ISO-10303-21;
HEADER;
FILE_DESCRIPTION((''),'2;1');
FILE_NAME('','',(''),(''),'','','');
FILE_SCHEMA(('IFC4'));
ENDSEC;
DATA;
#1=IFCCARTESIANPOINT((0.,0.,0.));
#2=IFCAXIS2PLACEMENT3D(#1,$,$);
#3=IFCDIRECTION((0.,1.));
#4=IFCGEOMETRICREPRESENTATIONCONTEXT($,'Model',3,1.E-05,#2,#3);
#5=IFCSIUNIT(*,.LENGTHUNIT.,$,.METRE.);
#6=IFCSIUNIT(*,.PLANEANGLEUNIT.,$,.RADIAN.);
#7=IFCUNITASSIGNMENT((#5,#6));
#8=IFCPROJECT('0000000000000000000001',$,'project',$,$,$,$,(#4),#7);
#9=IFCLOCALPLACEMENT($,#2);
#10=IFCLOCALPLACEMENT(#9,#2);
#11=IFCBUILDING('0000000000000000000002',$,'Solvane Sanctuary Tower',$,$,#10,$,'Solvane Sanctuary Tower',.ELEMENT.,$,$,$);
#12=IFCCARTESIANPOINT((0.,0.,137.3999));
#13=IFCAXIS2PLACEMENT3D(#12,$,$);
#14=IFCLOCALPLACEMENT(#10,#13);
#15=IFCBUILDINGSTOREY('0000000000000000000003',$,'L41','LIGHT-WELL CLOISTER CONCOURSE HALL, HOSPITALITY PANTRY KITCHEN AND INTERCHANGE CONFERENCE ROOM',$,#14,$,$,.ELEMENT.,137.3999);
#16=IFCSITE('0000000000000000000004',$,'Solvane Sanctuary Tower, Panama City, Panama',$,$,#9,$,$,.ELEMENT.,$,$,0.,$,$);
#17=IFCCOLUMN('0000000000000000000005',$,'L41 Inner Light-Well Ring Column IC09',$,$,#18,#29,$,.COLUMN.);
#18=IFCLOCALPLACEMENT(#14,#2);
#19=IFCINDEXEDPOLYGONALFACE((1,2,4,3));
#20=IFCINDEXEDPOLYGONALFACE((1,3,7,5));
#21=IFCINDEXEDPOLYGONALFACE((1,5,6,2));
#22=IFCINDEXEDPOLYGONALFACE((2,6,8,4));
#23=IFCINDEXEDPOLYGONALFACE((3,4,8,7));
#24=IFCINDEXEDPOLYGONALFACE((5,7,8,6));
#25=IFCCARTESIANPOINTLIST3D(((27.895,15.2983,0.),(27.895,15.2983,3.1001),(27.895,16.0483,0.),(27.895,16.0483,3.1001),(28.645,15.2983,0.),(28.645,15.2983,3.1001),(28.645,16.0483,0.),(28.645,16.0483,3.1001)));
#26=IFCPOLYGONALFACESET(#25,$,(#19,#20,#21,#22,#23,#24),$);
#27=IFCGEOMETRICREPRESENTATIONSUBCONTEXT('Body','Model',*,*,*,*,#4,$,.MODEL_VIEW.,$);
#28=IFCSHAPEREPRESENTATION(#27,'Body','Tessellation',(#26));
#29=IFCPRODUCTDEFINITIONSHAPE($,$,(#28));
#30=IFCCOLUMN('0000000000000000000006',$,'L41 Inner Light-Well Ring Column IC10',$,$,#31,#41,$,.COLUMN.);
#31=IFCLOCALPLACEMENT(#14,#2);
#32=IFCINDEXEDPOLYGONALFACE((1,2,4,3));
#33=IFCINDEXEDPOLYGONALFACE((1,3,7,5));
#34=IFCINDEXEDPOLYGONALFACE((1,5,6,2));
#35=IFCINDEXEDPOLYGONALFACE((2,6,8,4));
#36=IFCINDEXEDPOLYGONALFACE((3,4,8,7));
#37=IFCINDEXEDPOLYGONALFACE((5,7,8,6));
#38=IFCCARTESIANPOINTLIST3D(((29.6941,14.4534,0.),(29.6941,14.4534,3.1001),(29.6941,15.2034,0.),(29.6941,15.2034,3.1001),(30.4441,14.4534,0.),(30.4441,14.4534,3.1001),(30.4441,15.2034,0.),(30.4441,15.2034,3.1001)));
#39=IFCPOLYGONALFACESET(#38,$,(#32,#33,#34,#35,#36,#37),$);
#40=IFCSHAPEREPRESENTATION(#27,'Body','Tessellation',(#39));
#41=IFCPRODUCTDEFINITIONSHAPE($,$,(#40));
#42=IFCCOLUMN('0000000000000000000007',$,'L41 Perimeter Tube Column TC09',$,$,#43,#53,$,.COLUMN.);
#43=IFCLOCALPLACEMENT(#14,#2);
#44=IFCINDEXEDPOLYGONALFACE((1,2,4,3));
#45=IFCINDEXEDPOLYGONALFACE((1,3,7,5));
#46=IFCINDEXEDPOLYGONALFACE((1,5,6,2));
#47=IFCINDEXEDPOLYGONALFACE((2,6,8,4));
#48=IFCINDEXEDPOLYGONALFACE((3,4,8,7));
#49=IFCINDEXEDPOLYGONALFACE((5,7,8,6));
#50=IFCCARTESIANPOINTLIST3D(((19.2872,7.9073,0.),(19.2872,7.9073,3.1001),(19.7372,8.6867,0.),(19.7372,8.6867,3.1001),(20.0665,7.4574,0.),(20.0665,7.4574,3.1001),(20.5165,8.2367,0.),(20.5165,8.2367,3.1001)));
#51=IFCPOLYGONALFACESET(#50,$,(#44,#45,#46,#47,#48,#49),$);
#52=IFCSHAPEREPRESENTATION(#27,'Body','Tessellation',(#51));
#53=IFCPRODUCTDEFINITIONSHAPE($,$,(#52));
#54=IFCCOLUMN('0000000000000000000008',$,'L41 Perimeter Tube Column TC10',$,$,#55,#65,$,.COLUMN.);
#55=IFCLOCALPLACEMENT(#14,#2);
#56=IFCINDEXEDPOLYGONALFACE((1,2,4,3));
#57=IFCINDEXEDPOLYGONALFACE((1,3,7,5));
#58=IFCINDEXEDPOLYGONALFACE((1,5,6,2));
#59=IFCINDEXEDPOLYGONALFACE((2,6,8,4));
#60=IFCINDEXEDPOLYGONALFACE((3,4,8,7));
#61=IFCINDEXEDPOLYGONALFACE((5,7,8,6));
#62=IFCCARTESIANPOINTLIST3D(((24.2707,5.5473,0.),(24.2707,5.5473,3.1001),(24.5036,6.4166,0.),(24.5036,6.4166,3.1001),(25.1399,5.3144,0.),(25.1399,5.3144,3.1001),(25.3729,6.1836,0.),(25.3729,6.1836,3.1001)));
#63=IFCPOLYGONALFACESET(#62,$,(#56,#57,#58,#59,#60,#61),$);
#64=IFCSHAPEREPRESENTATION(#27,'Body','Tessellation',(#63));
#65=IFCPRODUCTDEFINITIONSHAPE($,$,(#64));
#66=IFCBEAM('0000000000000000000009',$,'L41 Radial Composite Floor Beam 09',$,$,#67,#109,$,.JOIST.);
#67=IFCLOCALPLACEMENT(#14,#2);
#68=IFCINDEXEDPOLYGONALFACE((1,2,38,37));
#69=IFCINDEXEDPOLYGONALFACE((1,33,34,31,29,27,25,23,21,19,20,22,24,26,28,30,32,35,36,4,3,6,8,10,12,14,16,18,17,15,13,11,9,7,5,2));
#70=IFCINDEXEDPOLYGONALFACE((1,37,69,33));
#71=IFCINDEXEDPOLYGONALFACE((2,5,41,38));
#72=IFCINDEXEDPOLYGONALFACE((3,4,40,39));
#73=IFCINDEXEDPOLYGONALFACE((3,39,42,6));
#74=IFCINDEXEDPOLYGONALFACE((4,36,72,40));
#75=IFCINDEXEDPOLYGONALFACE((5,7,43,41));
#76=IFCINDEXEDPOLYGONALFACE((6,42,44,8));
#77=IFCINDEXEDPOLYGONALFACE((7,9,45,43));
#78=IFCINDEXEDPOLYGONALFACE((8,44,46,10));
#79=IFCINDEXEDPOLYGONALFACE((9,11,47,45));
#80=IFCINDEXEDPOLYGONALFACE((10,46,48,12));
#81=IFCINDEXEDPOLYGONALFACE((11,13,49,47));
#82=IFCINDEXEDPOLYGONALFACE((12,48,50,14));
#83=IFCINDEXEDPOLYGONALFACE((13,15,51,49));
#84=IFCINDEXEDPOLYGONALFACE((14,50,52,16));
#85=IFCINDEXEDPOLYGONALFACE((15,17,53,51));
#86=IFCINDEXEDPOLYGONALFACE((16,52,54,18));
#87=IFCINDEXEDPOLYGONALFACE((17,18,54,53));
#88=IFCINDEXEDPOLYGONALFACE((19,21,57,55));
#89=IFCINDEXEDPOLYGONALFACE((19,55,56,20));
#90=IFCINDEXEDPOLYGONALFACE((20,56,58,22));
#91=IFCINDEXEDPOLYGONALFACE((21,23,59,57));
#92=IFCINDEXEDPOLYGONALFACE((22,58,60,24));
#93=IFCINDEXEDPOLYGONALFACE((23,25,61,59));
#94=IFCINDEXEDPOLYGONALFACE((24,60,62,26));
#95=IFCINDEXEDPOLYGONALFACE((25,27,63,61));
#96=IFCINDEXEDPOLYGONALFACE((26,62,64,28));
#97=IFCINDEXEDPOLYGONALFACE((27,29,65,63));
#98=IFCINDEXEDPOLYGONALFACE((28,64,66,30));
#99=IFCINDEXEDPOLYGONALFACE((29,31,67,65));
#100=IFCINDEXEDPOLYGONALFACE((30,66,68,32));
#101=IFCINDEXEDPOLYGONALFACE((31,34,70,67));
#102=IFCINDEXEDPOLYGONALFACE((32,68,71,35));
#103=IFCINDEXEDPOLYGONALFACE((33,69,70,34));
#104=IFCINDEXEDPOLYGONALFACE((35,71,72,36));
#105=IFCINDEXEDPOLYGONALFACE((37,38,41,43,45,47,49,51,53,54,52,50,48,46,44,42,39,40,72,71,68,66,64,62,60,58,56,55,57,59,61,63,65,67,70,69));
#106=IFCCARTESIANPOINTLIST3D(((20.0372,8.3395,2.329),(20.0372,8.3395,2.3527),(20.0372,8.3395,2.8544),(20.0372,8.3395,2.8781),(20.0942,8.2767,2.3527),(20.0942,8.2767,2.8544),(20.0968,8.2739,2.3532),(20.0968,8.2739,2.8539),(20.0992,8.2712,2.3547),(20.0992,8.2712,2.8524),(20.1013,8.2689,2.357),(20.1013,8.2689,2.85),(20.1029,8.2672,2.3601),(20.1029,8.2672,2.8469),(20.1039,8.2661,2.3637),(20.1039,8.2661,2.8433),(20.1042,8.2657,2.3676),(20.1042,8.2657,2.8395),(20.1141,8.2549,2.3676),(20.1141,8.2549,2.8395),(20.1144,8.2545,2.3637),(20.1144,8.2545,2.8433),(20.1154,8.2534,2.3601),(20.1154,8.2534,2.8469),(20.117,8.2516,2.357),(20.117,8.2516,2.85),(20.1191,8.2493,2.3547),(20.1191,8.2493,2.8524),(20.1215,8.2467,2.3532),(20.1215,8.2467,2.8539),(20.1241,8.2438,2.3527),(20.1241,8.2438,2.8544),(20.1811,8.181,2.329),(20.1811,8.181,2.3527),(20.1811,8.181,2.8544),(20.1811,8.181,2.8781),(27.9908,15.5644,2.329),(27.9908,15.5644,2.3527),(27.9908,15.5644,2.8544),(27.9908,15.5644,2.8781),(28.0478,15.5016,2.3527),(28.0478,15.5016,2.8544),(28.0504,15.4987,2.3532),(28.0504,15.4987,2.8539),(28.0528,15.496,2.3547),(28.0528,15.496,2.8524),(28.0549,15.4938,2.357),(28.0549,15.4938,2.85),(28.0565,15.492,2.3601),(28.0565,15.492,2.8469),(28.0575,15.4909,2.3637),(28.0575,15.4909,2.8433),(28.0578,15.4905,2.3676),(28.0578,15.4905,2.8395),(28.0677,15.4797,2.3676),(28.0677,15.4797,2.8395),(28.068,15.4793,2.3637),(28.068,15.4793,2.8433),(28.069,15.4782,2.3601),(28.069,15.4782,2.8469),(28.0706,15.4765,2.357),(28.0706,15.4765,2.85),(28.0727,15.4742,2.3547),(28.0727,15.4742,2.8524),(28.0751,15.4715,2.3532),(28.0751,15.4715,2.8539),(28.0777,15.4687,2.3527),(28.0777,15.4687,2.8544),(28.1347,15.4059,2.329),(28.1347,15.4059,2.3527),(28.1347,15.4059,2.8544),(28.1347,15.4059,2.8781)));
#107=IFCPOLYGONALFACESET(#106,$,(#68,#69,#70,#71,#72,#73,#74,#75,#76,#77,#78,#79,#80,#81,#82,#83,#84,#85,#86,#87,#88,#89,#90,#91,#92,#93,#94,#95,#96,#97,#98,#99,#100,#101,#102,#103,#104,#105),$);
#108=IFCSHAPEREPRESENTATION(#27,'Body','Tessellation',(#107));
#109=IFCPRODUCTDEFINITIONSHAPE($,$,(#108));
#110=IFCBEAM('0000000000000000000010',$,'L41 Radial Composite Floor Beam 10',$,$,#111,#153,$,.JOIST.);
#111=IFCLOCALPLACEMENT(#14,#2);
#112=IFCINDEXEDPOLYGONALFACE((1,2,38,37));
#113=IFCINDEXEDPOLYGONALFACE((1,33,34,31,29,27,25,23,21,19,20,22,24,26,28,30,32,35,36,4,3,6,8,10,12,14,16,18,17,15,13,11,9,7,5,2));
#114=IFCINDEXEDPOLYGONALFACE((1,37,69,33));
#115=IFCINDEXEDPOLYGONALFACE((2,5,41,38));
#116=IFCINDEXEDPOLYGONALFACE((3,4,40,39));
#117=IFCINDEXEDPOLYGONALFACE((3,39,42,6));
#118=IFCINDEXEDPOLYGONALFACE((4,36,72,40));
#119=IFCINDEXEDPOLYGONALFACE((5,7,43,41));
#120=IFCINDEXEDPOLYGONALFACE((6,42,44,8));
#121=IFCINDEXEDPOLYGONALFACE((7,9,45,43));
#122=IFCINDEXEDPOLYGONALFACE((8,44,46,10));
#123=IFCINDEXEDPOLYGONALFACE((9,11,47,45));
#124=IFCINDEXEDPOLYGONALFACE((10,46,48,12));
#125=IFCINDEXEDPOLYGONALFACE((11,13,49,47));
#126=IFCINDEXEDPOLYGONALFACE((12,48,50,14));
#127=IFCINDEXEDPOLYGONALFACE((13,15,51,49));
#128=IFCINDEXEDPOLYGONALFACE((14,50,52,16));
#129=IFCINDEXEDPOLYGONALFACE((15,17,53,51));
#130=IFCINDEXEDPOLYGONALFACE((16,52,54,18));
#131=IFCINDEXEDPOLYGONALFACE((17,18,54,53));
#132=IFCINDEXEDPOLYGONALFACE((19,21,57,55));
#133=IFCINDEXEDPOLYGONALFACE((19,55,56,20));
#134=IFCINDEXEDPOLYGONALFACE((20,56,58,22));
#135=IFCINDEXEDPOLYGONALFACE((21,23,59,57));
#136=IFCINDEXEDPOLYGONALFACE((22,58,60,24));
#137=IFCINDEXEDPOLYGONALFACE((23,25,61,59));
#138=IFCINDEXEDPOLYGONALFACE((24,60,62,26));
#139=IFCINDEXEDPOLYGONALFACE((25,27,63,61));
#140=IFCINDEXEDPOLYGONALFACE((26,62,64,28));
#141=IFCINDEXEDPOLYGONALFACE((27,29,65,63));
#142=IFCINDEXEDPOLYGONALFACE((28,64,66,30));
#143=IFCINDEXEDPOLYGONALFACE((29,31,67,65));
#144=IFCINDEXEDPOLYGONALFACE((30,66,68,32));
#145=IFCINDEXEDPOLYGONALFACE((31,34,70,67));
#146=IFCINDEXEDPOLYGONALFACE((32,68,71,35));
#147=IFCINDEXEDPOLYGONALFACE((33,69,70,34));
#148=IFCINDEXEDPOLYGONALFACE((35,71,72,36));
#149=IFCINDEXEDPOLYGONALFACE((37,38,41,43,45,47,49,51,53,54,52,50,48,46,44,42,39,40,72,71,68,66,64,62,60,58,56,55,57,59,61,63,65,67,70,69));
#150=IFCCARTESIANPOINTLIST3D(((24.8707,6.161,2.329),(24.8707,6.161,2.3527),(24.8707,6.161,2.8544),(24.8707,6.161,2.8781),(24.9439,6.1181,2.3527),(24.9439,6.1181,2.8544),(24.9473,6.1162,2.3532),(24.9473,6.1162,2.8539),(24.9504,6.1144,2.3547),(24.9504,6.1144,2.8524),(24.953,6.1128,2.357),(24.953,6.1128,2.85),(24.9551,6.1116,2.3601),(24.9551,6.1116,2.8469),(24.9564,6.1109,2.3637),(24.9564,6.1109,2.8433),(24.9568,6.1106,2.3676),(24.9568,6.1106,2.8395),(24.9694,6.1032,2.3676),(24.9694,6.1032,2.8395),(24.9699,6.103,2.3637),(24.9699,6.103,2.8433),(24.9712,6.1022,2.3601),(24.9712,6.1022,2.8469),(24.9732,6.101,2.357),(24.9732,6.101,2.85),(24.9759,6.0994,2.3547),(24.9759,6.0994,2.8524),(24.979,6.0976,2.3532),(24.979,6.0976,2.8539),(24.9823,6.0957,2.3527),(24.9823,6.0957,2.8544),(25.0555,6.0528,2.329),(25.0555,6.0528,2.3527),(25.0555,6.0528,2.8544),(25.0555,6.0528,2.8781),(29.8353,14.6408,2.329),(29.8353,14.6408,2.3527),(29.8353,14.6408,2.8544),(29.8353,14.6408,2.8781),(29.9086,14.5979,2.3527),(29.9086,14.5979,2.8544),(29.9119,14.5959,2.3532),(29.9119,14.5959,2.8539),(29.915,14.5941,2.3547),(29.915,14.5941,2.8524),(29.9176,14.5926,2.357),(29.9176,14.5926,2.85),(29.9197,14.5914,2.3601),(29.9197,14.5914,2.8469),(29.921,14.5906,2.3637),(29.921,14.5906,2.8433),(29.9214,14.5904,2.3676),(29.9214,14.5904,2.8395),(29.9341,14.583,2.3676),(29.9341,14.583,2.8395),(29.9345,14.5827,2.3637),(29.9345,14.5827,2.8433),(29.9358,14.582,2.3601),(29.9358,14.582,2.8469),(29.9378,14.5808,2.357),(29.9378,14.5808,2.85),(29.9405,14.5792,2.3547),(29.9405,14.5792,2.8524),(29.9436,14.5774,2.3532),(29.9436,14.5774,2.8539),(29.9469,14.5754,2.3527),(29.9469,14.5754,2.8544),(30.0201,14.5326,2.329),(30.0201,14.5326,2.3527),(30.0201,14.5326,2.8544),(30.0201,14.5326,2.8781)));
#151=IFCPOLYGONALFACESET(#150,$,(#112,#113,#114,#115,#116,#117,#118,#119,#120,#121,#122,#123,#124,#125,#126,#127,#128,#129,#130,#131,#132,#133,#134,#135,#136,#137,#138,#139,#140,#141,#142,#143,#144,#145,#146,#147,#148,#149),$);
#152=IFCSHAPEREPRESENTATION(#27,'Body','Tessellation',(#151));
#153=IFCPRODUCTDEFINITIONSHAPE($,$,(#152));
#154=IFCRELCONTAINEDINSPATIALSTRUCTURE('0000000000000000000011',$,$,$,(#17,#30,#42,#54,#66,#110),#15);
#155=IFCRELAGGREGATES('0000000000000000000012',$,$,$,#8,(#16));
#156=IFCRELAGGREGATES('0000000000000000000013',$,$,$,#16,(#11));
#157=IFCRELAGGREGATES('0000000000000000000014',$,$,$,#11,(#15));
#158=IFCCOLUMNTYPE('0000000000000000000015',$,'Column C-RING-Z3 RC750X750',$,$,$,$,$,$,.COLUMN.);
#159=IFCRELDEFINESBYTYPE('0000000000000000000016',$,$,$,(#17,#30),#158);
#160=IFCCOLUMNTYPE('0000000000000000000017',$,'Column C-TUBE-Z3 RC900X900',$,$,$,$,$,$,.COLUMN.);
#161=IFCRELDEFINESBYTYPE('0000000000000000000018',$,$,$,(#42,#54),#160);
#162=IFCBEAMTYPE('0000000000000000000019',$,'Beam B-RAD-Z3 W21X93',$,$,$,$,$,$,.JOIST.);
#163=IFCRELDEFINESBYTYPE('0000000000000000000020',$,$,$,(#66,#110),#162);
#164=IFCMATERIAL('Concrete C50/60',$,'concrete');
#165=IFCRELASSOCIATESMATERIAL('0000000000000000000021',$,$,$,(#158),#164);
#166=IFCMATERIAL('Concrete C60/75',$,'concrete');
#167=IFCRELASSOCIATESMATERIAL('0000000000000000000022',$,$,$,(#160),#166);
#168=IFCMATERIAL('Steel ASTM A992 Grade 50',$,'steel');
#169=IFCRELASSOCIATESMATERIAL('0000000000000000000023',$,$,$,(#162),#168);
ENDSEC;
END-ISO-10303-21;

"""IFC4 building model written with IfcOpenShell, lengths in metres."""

from ifc_helpers import new_model, si_unit, direction, frame, origin, origin_2d, place, context, subcontext, project, spatial, rectangle, i_section, extrude, material, material_profile, profile_set, type_object, element, save


model = new_model("IFC4")

# Units and contexts
model_context = context("Model", 3, precision=1e-05, world=origin(), true_north=direction((0.0, 1.0)))
body_context = subcontext(model_context, "Body", "Model", "MODEL_VIEW")
ifc_project = project(units=[si_unit("LENGTHUNIT", "METRE"), si_unit("PLANEANGLEUNIT", "RADIAN")], contexts=[model_context])

# Site, building, storey
site_placement = place(None, origin())
site = spatial("IfcSite", under=ifc_project, at=site_placement, Name="Solvane Sanctuary Tower, Panama City, Panama", CompositionType="ELEMENT", RefElevation=0.0)
building_placement = place(site_placement, origin())
building = spatial("IfcBuilding", under=site, at=building_placement, Name="Solvane Sanctuary Tower", LongName="Solvane Sanctuary Tower", CompositionType="ELEMENT")
storey_placement = place(building_placement, frame((0.0, 0.0, 137.3999)))
storey = spatial("IfcBuildingStorey", under=building, at=storey_placement, Name="L41", Description="LIGHT-WELL CLOISTER CONCOURSE HALL, HOSPITALITY PANTRY KITCHEN AND INTERCHANGE CONFERENCE ROOM", CompositionType="ELEMENT", Elevation=137.3999)

# Columns
ifc_material_1 = material(Name="Concrete C50/60", Category="concrete")
ifc_material_profile_1 = material_profile(ifc_material_1, rectangle(XDim=0.75, YDim=0.75, at=origin_2d()), Name="RC750X750")
ifc_profile_set_1 = profile_set([ifc_material_profile_1], Name="Concrete C50/60")
column_type_1 = type_object("IfcColumnType", Name="Column C-RING-Z3 RC750X750", PredefinedType="COLUMN", material=ifc_profile_set_1)
for number, where, z_axis, x_axis, name in (
    (1, (28.27, 15.6733, 0.0), (0.0, 0.0, 1.0), (1.0, 0.0, 0.0), "L41 Inner Light-Well Ring Column IC09"),
    (2, (30.0691, 14.8284, 0.0), (0.0, 0.0, 1.0), (1.0, 0.0, 0.0), "L41 Inner Light-Well Ring Column IC10"),
):
    element("IfcColumn", number, at=place(storey_placement, frame(where, z_axis=z_axis, x_axis=x_axis)), inside=storey, type_object=column_type_1, Name=name, PredefinedType="COLUMN", context=body_context, shape_type="SweptSolid", body=[
        extrude(rectangle(XDim=0.75, YDim=0.75, at=origin_2d()), origin(), (0.0, 0.0, 1.0), 3.1001),
    ])
ifc_material_2 = material(Name="Concrete C60/75", Category="concrete")
ifc_material_profile_2 = material_profile(ifc_material_2, rectangle(XDim=0.8999, YDim=0.8999, at=origin_2d()), Name="RC900X900")
ifc_profile_set_2 = profile_set([ifc_material_profile_2], Name="Concrete C60/75")
column_type_2 = type_object("IfcColumnType", Name="Column C-TUBE-Z3 RC900X900", PredefinedType="COLUMN", material=ifc_profile_set_2)
for number, where, z_axis, x_axis, name in (
    (3, (19.9019, 8.072, 0.0), (0.0, 0.0, 1.0), (-0.5, -0.866025, 0.0), "L41 Perimeter Tube Column TC09"),
    (4, (24.8218, 5.8655, 0.0), (0.0, 0.0, 1.0), (-0.258819, -0.965926, 0.0), "L41 Perimeter Tube Column TC10"),
):
    element("IfcColumn", number, at=place(storey_placement, frame(where, z_axis=z_axis, x_axis=x_axis)), inside=storey, type_object=column_type_2, Name=name, PredefinedType="COLUMN", context=body_context, shape_type="SweptSolid", body=[
        extrude(rectangle(XDim=0.8999, YDim=0.8999, at=origin_2d()), origin(), (0.0, 0.0, 1.0), 3.1001),
    ])

# Beams
ifc_material_3 = material(Name="Steel ASTM A992 Grade 50", Category="steel")
ifc_material_profile_3 = material_profile(ifc_material_3, i_section(OverallWidth=0.2141, OverallDepth=0.5491, WebThickness=0.0146, FlangeThickness=0.0237, FilletRadius=0.0149, at=origin_2d()), Name="W21X93")
ifc_profile_set_3 = profile_set([ifc_material_profile_3], Name="Steel ASTM A992 Grade 50")
beam_type_1 = type_object("IfcBeamType", Name="Beam B-RAD-Z3 W21X93", PredefinedType="JOIST", material=ifc_profile_set_3)
beam_1_placement = place(storey_placement, frame((28.0627, 15.4851, 2.6035), z_axis=(-0.740204, -0.672382, 0.0), x_axis=(0.672382, -0.740204, 0.0)))
element("IfcBeam", 5, at=beam_1_placement, inside=storey, type_object=beam_type_1, Name="L41 Radial Composite Floor Beam 09", PredefinedType="JOIST", context=body_context, shape_type="SweptSolid", body=[
    extrude(i_section(OverallWidth=0.2141, OverallDepth=0.5491, WebThickness=0.0146, FlangeThickness=0.0237, FilletRadius=0.0149, at=origin_2d()), origin(), (0.0, 0.0, 1.0), 10.7451),
])
beam_2_placement = place(storey_placement, frame((29.9277, 14.5867, 2.6035), z_axis=(-0.505244, -0.862977, 0.0), x_axis=(0.862977, -0.505244, 0.0)))
element("IfcBeam", 6, at=beam_2_placement, inside=storey, type_object=beam_type_1, Name="L41 Radial Composite Floor Beam 10", PredefinedType="JOIST", context=body_context, shape_type="SweptSolid", body=[
    extrude(i_section(OverallWidth=0.2141, OverallDepth=0.5491, WebThickness=0.0146, FlangeThickness=0.0237, FilletRadius=0.0149, at=origin_2d()), origin(), (0.0, 0.0, 1.0), 9.8262),
])

save(model, "model.ifc")
